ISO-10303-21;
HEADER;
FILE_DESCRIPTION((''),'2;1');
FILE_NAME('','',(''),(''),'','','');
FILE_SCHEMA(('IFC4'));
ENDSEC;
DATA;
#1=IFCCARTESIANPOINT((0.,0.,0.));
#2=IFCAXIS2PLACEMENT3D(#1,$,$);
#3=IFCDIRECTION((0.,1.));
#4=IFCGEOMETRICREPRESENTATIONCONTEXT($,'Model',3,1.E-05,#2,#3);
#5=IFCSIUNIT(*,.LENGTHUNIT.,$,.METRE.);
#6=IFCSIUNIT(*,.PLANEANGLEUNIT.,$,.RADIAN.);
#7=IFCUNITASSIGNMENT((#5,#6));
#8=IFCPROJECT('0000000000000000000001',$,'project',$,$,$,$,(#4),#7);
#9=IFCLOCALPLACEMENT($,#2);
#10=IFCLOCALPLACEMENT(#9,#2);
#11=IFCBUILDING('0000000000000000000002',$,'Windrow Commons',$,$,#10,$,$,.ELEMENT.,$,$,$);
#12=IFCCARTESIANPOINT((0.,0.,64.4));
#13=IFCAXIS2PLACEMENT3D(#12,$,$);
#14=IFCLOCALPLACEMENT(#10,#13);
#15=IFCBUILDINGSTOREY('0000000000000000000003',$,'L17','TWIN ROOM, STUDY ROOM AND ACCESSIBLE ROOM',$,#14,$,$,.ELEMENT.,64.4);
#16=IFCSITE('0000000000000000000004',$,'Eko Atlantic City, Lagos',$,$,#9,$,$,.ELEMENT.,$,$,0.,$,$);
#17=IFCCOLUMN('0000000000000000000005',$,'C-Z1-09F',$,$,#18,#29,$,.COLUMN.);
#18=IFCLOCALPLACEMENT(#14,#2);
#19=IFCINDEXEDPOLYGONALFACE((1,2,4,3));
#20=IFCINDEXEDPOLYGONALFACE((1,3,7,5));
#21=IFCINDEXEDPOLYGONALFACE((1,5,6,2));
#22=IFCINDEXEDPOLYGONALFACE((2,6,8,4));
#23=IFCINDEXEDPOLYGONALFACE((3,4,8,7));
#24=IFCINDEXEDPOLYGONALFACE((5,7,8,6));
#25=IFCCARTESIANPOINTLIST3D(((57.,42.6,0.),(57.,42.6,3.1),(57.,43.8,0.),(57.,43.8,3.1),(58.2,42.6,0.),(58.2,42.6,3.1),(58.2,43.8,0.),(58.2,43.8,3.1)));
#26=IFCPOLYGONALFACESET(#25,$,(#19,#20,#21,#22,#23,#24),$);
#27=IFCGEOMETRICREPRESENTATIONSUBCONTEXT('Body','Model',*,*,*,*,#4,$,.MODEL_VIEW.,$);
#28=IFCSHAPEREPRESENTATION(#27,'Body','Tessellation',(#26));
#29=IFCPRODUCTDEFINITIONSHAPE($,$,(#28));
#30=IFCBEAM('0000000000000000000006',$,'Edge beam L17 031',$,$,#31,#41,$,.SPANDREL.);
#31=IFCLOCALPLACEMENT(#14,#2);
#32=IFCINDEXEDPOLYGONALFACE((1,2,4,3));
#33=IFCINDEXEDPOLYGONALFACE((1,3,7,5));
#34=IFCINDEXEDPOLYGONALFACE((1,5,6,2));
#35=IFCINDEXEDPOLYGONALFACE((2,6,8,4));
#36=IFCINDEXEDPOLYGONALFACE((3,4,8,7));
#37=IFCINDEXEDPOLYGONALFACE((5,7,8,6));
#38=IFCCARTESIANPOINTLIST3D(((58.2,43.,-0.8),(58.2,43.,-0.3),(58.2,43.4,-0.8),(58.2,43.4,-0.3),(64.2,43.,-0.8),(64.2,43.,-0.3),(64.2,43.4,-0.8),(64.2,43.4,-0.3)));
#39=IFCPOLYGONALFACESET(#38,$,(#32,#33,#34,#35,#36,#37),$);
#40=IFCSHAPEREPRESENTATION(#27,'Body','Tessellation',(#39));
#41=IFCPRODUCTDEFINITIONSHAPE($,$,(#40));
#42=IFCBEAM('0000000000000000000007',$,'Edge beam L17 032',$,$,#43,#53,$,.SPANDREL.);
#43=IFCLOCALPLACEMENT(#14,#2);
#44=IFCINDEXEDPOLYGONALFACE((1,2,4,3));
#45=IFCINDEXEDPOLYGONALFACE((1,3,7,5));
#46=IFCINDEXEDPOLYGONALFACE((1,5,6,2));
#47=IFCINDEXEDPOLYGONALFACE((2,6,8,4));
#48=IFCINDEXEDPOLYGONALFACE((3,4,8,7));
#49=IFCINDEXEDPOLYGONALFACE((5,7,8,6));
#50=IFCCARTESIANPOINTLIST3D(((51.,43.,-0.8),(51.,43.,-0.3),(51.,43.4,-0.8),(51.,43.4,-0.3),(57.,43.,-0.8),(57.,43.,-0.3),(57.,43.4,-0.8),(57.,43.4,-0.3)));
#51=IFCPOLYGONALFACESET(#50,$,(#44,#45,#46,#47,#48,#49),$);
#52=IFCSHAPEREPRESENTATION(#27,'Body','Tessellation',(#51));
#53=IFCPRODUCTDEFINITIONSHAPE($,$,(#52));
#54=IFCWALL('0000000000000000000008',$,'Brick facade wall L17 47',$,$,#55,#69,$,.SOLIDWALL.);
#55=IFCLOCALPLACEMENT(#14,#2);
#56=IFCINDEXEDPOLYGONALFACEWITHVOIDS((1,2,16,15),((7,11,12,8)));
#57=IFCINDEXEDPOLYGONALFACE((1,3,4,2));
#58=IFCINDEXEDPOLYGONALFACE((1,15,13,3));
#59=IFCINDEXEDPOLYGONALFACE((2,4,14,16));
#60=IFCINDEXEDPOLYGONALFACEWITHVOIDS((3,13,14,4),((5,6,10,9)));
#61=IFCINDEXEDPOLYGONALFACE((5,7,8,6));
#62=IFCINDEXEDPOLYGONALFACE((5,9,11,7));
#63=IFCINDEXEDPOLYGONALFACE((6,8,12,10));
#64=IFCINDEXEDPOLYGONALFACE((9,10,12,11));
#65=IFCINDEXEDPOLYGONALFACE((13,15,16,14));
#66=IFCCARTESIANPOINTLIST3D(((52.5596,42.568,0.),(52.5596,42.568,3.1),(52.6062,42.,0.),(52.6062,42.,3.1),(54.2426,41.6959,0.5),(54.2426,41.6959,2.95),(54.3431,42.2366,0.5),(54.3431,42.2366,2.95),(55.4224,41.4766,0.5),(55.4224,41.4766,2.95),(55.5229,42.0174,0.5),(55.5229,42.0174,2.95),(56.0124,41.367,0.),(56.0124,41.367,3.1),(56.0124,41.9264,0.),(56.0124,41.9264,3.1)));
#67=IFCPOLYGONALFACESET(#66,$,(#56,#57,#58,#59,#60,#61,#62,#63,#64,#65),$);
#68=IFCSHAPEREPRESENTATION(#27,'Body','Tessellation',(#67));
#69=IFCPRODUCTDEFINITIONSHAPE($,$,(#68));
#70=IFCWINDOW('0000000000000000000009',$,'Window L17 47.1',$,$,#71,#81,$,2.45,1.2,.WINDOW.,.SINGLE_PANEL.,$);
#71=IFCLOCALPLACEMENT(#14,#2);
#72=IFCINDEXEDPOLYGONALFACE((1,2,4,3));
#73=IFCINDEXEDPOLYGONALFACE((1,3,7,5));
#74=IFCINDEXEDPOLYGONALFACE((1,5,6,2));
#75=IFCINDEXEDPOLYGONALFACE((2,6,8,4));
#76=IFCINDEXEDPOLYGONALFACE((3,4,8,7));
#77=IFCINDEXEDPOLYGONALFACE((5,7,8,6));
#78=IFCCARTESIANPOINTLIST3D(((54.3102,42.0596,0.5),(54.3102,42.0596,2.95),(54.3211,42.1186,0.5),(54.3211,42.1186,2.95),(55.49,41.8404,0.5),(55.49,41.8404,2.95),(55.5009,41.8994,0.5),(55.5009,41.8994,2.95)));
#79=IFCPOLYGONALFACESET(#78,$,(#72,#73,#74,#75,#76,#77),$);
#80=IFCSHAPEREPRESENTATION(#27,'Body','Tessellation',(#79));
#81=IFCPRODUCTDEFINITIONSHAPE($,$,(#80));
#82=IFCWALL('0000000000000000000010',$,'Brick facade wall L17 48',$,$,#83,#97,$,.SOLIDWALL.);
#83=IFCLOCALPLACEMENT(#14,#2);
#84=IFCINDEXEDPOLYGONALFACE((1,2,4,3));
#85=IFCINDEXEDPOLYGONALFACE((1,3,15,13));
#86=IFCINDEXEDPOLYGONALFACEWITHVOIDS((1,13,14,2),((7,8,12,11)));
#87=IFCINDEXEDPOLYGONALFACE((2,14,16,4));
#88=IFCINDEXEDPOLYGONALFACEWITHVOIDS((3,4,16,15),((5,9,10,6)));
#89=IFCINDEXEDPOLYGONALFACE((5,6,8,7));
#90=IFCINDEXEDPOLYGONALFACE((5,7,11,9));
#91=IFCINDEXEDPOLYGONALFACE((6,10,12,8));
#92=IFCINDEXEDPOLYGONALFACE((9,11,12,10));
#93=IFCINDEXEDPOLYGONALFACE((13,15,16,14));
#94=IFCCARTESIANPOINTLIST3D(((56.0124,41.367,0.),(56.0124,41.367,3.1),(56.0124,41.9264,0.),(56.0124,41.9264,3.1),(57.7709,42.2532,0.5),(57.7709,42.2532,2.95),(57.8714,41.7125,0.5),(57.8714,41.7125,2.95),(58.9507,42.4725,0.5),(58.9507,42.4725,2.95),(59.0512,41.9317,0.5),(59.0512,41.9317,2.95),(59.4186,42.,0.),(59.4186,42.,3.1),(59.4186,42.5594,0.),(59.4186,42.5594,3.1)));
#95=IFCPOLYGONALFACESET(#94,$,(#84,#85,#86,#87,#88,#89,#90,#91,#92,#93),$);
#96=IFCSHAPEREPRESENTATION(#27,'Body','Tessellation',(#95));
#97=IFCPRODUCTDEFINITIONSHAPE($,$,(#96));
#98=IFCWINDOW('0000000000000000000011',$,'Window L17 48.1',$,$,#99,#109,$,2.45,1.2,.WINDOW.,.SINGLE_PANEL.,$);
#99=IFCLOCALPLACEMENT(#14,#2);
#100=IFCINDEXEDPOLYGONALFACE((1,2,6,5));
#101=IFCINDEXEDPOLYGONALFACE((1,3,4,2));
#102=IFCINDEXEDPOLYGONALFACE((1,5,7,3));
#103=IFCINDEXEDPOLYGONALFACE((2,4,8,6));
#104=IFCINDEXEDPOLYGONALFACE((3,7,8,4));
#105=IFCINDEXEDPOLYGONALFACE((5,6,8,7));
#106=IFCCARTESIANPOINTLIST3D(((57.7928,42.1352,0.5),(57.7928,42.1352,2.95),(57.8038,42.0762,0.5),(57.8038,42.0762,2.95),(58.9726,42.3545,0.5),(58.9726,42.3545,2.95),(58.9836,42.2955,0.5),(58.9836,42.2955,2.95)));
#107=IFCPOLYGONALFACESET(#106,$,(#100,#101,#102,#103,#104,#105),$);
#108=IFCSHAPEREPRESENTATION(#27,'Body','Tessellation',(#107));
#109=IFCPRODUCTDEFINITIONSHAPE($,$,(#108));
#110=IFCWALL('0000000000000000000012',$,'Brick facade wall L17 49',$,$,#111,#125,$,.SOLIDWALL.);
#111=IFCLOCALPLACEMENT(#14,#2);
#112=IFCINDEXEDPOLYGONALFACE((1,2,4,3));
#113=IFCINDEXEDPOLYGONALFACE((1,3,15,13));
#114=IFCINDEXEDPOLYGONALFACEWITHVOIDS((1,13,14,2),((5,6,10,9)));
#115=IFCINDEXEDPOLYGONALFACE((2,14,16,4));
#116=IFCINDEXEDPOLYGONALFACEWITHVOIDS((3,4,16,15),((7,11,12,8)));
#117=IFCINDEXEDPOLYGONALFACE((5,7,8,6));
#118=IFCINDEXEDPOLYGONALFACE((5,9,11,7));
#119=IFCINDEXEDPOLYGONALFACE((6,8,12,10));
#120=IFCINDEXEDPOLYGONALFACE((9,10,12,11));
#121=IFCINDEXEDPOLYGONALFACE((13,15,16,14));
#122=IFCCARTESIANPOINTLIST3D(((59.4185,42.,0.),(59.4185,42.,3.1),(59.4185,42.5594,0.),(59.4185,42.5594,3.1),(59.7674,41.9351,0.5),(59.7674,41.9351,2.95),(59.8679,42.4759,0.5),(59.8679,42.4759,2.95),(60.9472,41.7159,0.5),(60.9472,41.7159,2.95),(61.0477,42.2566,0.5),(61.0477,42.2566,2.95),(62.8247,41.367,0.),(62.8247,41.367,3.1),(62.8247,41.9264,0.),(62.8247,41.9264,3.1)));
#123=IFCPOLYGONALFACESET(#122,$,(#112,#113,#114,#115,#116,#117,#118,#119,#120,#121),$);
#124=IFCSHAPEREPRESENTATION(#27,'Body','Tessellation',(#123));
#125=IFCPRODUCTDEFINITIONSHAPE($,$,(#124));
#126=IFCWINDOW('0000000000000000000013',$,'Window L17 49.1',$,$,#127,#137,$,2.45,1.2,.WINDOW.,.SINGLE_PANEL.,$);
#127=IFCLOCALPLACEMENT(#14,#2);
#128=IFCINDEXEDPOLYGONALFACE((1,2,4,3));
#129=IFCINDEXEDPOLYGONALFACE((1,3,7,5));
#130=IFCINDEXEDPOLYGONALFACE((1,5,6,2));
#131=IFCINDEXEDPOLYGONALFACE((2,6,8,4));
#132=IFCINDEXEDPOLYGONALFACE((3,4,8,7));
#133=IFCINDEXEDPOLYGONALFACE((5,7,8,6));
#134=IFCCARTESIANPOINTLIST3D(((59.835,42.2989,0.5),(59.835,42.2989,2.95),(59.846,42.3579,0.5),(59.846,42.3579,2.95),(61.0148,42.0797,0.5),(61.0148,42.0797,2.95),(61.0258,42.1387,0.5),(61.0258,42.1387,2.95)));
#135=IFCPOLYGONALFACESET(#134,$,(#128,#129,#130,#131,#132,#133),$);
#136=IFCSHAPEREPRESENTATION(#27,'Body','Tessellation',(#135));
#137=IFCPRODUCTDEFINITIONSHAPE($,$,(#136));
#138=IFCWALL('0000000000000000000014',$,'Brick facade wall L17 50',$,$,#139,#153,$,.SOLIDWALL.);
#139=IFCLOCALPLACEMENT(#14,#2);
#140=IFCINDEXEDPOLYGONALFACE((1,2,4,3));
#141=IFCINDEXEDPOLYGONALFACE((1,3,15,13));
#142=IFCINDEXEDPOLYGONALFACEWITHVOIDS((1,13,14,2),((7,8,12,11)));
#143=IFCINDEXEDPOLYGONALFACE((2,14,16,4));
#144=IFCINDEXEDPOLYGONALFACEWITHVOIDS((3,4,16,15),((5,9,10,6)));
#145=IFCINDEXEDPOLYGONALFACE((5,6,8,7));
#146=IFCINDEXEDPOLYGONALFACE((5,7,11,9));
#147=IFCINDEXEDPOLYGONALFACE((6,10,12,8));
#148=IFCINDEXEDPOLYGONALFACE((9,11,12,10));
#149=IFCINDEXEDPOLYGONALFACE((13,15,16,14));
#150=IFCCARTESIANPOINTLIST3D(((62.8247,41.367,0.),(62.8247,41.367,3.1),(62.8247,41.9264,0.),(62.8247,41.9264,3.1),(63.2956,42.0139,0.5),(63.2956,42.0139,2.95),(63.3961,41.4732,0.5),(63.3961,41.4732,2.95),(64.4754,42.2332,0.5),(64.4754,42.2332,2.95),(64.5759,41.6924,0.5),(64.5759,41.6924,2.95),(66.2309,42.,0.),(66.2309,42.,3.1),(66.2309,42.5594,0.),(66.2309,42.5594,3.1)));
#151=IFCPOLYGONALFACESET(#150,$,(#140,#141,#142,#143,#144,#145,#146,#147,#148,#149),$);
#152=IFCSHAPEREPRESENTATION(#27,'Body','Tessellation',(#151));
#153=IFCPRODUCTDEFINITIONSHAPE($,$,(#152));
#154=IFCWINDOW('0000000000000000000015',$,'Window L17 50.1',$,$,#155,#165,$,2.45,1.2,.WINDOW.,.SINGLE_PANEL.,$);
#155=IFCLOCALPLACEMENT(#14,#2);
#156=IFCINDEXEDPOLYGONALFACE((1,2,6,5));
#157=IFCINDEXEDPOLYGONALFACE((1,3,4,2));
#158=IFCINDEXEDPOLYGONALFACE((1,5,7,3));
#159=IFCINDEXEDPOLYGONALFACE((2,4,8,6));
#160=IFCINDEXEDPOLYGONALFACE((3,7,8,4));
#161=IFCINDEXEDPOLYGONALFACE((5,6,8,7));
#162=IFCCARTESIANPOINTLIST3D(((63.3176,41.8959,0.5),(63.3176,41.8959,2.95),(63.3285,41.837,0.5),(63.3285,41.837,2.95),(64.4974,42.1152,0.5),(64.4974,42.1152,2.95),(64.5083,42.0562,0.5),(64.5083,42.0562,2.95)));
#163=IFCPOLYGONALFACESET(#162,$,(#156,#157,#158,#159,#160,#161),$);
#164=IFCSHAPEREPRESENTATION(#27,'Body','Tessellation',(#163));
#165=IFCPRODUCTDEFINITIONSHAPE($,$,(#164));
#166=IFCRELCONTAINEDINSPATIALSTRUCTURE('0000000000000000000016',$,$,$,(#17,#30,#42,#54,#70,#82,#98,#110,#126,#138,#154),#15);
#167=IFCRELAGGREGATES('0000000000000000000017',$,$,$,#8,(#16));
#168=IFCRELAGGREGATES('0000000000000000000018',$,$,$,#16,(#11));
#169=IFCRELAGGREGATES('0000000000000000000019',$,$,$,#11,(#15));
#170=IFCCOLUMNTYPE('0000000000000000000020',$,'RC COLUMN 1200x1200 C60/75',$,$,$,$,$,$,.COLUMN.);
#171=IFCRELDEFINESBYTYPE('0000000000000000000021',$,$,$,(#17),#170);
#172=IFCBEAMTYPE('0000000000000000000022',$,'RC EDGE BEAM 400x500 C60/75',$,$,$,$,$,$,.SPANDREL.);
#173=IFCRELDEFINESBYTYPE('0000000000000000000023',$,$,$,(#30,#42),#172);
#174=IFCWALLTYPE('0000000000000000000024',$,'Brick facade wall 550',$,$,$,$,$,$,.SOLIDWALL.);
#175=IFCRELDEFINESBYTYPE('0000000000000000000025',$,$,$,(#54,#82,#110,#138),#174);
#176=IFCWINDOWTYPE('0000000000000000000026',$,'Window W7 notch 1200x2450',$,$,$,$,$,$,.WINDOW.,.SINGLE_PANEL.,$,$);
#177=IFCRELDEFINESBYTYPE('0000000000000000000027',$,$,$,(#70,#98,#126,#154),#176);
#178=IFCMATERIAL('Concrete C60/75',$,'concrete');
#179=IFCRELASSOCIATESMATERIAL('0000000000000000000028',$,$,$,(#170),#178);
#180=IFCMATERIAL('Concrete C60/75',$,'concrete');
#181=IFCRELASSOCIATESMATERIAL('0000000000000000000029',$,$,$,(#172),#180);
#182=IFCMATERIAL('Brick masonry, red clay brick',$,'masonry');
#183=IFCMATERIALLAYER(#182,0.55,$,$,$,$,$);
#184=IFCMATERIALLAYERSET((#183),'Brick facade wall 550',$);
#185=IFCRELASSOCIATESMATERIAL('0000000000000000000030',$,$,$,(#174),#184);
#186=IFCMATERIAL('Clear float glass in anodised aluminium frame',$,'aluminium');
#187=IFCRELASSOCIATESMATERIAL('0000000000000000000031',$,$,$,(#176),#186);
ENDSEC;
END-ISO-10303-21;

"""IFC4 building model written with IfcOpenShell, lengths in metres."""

from ifc_helpers import new_model, si_unit, direction, frame, frame_2d, origin, origin_2d, place, context, subcontext, project, spatial, polyline, rectangle, outline, extrude, material, layer, layer_set, material_profile, profile_set, type_object, element, fill, save


model = new_model("IFC4")

# Units and contexts
model_context = context("Model", 3, precision=1e-05, world=origin(), true_north=direction((0.0, 1.0)))
body_context = subcontext(model_context, "Body", "Model", "MODEL_VIEW")
ifc_project = project(units=[si_unit("LENGTHUNIT", "METRE"), si_unit("PLANEANGLEUNIT", "RADIAN")], contexts=[model_context])

# Site, building, storey
site_placement = place(None, origin())
site = spatial("IfcSite", under=ifc_project, at=site_placement, Name="Eko Atlantic City, Lagos", CompositionType="ELEMENT", RefElevation=0.0)
building_placement = place(site_placement, origin())
building = spatial("IfcBuilding", under=site, at=building_placement, Name="Windrow Commons", CompositionType="ELEMENT")
storey_placement = place(building_placement, frame((0.0, 0.0, 64.4)))
storey = spatial("IfcBuildingStorey", under=building, at=storey_placement, Name="L17", Description="TWIN ROOM, STUDY ROOM AND ACCESSIBLE ROOM", CompositionType="ELEMENT", Elevation=64.4)

# Column
ifc_material_1 = material(Name="Concrete C60/75", Category="concrete")
ifc_material_profile_1 = material_profile(ifc_material_1, rectangle(XDim=1.2, YDim=1.2, at=origin_2d()))
ifc_profile_set_1 = profile_set([ifc_material_profile_1], Name="Concrete C60/75")
column_type = type_object("IfcColumnType", Name="RC COLUMN 1200x1200 C60/75", PredefinedType="COLUMN", material=ifc_profile_set_1)
column_placement = place(storey_placement, frame((57.6, 43.2, 0.0), z_axis=(0.0, 0.0, 1.0), x_axis=(1.0, 0.0, 0.0)))
element("IfcColumn", 1, at=column_placement, inside=storey, type_object=column_type, Name="C-Z1-09F", PredefinedType="COLUMN", context=body_context, shape_type="SweptSolid", body=[
    extrude(rectangle(XDim=1.2, YDim=1.2, at=origin_2d()), origin(), (0.0, 0.0, 1.0), 3.1),
])

# Beams
ifc_material_2 = material(Name="Concrete C60/75", Category="concrete")
ifc_material_profile_2 = material_profile(ifc_material_2, rectangle(XDim=0.4, YDim=0.5, at=origin_2d()))
ifc_profile_set_2 = profile_set([ifc_material_profile_2], Name="Concrete C60/75")
beam_type = type_object("IfcBeamType", Name="RC EDGE BEAM 400x500 C60/75", PredefinedType="SPANDREL", material=ifc_profile_set_2)
for number, where, z_axis, x_axis, name in (
    (2, (64.2, 43.2, -0.55), (-1.0, 0.0, 0.0), (0.0, -1.0, 0.0), "Edge beam L17 031"),
    (3, (57.0, 43.2, -0.55), (-1.0, 0.0, 0.0), (0.0, -1.0, 0.0), "Edge beam L17 032"),
):
    element("IfcBeam", number, at=place(storey_placement, frame(where, z_axis=z_axis, x_axis=x_axis)), inside=storey, type_object=beam_type, Name=name, PredefinedType="SPANDREL", context=body_context, shape_type="SweptSolid", body=[
        extrude(rectangle(XDim=0.4, YDim=0.5, at=origin_2d()), origin(), (0.0, 0.0, 1.0), 6.0),
    ])

# Walls, openings, windows
ifc_material_3 = material(Name="Brick masonry, red clay brick", Category="masonry")
ifc_layer_1 = layer(ifc_material_3, 0.55)
ifc_layer_set_1 = layer_set([ifc_layer_1], Name="Brick facade wall 550")
wall_type_1 = type_object("IfcWallType", Name="Brick facade wall 550", PredefinedType="SOLIDWALL", material=ifc_layer_set_1)
wall_1_placement = place(storey_placement, frame((52.5829, 42.284, 0.0), z_axis=(0.0, 0.0, 1.0), x_axis=(0.983169, -0.182701, 0.0)))
wall_1 = element("IfcWall", 4, at=wall_1_placement, inside=storey, type_object=wall_type_1, Name="Brick facade wall L17 47", PredefinedType="SOLIDWALL", context=body_context, shape_type="SweptSolid", body=[
    extrude(outline(polyline([(0.0748, -0.275), (3.5393, -0.275), (3.4371, 0.275), (-0.0748, 0.275), (0.0748, -0.275)])), origin(), (0.0, 0.0, 1.0), 3.1),
])
opening_1_placement = place(wall_1_placement, frame((1.7392, 0.0, 0.5)))
opening_1 = element("IfcOpeningElement", 5, at=opening_1_placement, cuts=wall_1, PredefinedType="OPENING", context=body_context, shape_type="SweptSolid", body=[
    extrude(rectangle(XDim=1.2, YDim=2.45, at=frame_2d((0.6, 1.225))), frame((0.0, 0.285, 0.0), z_axis=(0.0, -1.0, 0.0), x_axis=(1.0, 0.0, 0.0)), (0.0, 0.0, 1.0), 0.57),
])
ifc_material_4 = material(Name="Clear float glass in anodised aluminium frame", Category="aluminium")
window_type = type_object("IfcWindowType", Name="Window W7 notch 1200x2450", PartitioningType="SINGLE_PANEL", PredefinedType="WINDOW", material=ifc_material_4)
window_1_placement = place(opening_1_placement, origin())
window_1 = element("IfcWindow", 6, at=window_1_placement, inside=storey, type_object=window_type, Name="Window L17 47.1", OverallHeight=2.45, OverallWidth=1.2, PartitioningType="SINGLE_PANEL", PredefinedType="WINDOW", context=body_context, shape_type="SweptSolid", body=[
    extrude(rectangle(XDim=1.2, YDim=2.45, at=frame_2d((0.6, 1.225))), frame((0.0, 0.155, 0.0), z_axis=(0.0, -1.0, 0.0), x_axis=(1.0, 0.0, 0.0)), (0.0, 0.0, 1.0), 0.06),
])
fill(opening_1, window_1)
wall_2_placement = place(storey_placement, frame((56.0124, 41.6467, 0.0), z_axis=(0.0, 0.0, 1.0), x_axis=(0.983166, 0.182715, 0.0)))
wall_2 = element("IfcWall", 7, at=wall_2_placement, inside=storey, type_object=wall_type_1, Name="Brick facade wall L17 48", PredefinedType="SOLIDWALL", context=body_context, shape_type="SweptSolid", body=[
    extrude(outline(polyline([(-0.0511, -0.275), (3.4134, -0.275), (3.5156, 0.275), (0.0511, 0.275), (-0.0511, -0.275)])), origin(), (0.0, 0.0, 1.0), 3.1),
])
opening_2_placement = place(wall_2_placement, frame((1.8397, 0.0, 0.5)))
opening_2 = element("IfcOpeningElement", 8, at=opening_2_placement, cuts=wall_2, PredefinedType="OPENING", context=body_context, shape_type="SweptSolid", body=[
    extrude(rectangle(XDim=1.2, YDim=2.45, at=frame_2d((0.6, 1.225))), frame((0.0, 0.285, 0.0), z_axis=(0.0, -1.0, 0.0), x_axis=(1.0, 0.0, 0.0)), (0.0, 0.0, 1.0), 0.57),
])
window_2_placement = place(opening_2_placement, origin())
window_2 = element("IfcWindow", 9, at=window_2_placement, inside=storey, type_object=window_type, Name="Window L17 48.1", OverallHeight=2.45, OverallWidth=1.2, PartitioningType="SINGLE_PANEL", PredefinedType="WINDOW", context=body_context, shape_type="SweptSolid", body=[
    extrude(rectangle(XDim=1.2, YDim=2.45, at=frame_2d((0.6, 1.225))), frame((0.0, 0.155, 0.0), z_axis=(0.0, -1.0, 0.0), x_axis=(1.0, 0.0, 0.0)), (0.0, 0.0, 1.0), 0.06),
])
fill(opening_2, window_2)
wall_3_placement = place(storey_placement, frame((59.4185, 42.2797, 0.0), z_axis=(0.0, 0.0, 1.0), x_axis=(0.983167, -0.182709, 0.0)))
wall_3 = element("IfcWall", 10, at=wall_3_placement, inside=storey, type_object=wall_type_1, Name="Brick facade wall L17 49", PredefinedType="SOLIDWALL", context=body_context, shape_type="SweptSolid", body=[
    extrude(outline(polyline([(0.0511, -0.275), (3.5156, -0.275), (3.4134, 0.275), (-0.0511, 0.275), (0.0511, -0.275)])), origin(), (0.0, 0.0, 1.0), 3.1),
])
opening_3_placement = place(wall_3_placement, frame((0.406, 0.0, 0.5)))
opening_3 = element("IfcOpeningElement", 11, at=opening_3_placement, cuts=wall_3, PredefinedType="OPENING", context=body_context, shape_type="SweptSolid", body=[
    extrude(rectangle(XDim=1.2, YDim=2.45, at=frame_2d((0.6, 1.225))), frame((0.0, 0.285, 0.0), z_axis=(0.0, -1.0, 0.0), x_axis=(1.0, 0.0, 0.0)), (0.0, 0.0, 1.0), 0.57),
])
window_3_placement = place(opening_3_placement, origin())
window_3 = element("IfcWindow", 12, at=window_3_placement, inside=storey, type_object=window_type, Name="Window L17 49.1", OverallHeight=2.45, OverallWidth=1.2, PartitioningType="SINGLE_PANEL", PredefinedType="WINDOW", context=body_context, shape_type="SweptSolid", body=[
    extrude(rectangle(XDim=1.2, YDim=2.45, at=frame_2d((0.6, 1.225))), frame((0.0, 0.155, 0.0), z_axis=(0.0, -1.0, 0.0), x_axis=(1.0, 0.0, 0.0)), (0.0, 0.0, 1.0), 0.06),
])
fill(opening_3, window_3)
wall_4_placement = place(storey_placement, frame((62.8247, 41.6467, 0.0), z_axis=(0.0, 0.0, 1.0), x_axis=(0.983167, 0.182709, 0.0)))
wall_4 = element("IfcWall", 13, at=wall_4_placement, inside=storey, type_object=wall_type_1, Name="Brick facade wall L17 50", PredefinedType="SOLIDWALL", context=body_context, shape_type="SweptSolid", body=[
    extrude(outline(polyline([(-0.0511, -0.275), (3.4134, -0.275), (3.5156, 0.275), (0.0511, 0.275), (-0.0511, -0.275)])), origin(), (0.0, 0.0, 1.0), 3.1),
])
opening_4_placement = place(wall_4_placement, frame((0.5301, 0.0, 0.5)))
opening_4 = element("IfcOpeningElement", 14, at=opening_4_placement, cuts=wall_4, PredefinedType="OPENING", context=body_context, shape_type="SweptSolid", body=[
    extrude(rectangle(XDim=1.2, YDim=2.45, at=frame_2d((0.6, 1.225))), frame((0.0, 0.285, 0.0), z_axis=(0.0, -1.0, 0.0), x_axis=(1.0, 0.0, 0.0)), (0.0, 0.0, 1.0), 0.57),
])
window_4_placement = place(opening_4_placement, origin())
window_4 = element("IfcWindow", 15, at=window_4_placement, inside=storey, type_object=window_type, Name="Window L17 50.1", OverallHeight=2.45, OverallWidth=1.2, PartitioningType="SINGLE_PANEL", PredefinedType="WINDOW", context=body_context, shape_type="SweptSolid", body=[
    extrude(rectangle(XDim=1.2, YDim=2.45, at=frame_2d((0.6, 1.225))), frame((0.0, 0.155, 0.0), z_axis=(0.0, -1.0, 0.0), x_axis=(1.0, 0.0, 0.0)), (0.0, 0.0, 1.0), 0.06),
])
fill(opening_4, window_4)

save(model, "model.ifc")
